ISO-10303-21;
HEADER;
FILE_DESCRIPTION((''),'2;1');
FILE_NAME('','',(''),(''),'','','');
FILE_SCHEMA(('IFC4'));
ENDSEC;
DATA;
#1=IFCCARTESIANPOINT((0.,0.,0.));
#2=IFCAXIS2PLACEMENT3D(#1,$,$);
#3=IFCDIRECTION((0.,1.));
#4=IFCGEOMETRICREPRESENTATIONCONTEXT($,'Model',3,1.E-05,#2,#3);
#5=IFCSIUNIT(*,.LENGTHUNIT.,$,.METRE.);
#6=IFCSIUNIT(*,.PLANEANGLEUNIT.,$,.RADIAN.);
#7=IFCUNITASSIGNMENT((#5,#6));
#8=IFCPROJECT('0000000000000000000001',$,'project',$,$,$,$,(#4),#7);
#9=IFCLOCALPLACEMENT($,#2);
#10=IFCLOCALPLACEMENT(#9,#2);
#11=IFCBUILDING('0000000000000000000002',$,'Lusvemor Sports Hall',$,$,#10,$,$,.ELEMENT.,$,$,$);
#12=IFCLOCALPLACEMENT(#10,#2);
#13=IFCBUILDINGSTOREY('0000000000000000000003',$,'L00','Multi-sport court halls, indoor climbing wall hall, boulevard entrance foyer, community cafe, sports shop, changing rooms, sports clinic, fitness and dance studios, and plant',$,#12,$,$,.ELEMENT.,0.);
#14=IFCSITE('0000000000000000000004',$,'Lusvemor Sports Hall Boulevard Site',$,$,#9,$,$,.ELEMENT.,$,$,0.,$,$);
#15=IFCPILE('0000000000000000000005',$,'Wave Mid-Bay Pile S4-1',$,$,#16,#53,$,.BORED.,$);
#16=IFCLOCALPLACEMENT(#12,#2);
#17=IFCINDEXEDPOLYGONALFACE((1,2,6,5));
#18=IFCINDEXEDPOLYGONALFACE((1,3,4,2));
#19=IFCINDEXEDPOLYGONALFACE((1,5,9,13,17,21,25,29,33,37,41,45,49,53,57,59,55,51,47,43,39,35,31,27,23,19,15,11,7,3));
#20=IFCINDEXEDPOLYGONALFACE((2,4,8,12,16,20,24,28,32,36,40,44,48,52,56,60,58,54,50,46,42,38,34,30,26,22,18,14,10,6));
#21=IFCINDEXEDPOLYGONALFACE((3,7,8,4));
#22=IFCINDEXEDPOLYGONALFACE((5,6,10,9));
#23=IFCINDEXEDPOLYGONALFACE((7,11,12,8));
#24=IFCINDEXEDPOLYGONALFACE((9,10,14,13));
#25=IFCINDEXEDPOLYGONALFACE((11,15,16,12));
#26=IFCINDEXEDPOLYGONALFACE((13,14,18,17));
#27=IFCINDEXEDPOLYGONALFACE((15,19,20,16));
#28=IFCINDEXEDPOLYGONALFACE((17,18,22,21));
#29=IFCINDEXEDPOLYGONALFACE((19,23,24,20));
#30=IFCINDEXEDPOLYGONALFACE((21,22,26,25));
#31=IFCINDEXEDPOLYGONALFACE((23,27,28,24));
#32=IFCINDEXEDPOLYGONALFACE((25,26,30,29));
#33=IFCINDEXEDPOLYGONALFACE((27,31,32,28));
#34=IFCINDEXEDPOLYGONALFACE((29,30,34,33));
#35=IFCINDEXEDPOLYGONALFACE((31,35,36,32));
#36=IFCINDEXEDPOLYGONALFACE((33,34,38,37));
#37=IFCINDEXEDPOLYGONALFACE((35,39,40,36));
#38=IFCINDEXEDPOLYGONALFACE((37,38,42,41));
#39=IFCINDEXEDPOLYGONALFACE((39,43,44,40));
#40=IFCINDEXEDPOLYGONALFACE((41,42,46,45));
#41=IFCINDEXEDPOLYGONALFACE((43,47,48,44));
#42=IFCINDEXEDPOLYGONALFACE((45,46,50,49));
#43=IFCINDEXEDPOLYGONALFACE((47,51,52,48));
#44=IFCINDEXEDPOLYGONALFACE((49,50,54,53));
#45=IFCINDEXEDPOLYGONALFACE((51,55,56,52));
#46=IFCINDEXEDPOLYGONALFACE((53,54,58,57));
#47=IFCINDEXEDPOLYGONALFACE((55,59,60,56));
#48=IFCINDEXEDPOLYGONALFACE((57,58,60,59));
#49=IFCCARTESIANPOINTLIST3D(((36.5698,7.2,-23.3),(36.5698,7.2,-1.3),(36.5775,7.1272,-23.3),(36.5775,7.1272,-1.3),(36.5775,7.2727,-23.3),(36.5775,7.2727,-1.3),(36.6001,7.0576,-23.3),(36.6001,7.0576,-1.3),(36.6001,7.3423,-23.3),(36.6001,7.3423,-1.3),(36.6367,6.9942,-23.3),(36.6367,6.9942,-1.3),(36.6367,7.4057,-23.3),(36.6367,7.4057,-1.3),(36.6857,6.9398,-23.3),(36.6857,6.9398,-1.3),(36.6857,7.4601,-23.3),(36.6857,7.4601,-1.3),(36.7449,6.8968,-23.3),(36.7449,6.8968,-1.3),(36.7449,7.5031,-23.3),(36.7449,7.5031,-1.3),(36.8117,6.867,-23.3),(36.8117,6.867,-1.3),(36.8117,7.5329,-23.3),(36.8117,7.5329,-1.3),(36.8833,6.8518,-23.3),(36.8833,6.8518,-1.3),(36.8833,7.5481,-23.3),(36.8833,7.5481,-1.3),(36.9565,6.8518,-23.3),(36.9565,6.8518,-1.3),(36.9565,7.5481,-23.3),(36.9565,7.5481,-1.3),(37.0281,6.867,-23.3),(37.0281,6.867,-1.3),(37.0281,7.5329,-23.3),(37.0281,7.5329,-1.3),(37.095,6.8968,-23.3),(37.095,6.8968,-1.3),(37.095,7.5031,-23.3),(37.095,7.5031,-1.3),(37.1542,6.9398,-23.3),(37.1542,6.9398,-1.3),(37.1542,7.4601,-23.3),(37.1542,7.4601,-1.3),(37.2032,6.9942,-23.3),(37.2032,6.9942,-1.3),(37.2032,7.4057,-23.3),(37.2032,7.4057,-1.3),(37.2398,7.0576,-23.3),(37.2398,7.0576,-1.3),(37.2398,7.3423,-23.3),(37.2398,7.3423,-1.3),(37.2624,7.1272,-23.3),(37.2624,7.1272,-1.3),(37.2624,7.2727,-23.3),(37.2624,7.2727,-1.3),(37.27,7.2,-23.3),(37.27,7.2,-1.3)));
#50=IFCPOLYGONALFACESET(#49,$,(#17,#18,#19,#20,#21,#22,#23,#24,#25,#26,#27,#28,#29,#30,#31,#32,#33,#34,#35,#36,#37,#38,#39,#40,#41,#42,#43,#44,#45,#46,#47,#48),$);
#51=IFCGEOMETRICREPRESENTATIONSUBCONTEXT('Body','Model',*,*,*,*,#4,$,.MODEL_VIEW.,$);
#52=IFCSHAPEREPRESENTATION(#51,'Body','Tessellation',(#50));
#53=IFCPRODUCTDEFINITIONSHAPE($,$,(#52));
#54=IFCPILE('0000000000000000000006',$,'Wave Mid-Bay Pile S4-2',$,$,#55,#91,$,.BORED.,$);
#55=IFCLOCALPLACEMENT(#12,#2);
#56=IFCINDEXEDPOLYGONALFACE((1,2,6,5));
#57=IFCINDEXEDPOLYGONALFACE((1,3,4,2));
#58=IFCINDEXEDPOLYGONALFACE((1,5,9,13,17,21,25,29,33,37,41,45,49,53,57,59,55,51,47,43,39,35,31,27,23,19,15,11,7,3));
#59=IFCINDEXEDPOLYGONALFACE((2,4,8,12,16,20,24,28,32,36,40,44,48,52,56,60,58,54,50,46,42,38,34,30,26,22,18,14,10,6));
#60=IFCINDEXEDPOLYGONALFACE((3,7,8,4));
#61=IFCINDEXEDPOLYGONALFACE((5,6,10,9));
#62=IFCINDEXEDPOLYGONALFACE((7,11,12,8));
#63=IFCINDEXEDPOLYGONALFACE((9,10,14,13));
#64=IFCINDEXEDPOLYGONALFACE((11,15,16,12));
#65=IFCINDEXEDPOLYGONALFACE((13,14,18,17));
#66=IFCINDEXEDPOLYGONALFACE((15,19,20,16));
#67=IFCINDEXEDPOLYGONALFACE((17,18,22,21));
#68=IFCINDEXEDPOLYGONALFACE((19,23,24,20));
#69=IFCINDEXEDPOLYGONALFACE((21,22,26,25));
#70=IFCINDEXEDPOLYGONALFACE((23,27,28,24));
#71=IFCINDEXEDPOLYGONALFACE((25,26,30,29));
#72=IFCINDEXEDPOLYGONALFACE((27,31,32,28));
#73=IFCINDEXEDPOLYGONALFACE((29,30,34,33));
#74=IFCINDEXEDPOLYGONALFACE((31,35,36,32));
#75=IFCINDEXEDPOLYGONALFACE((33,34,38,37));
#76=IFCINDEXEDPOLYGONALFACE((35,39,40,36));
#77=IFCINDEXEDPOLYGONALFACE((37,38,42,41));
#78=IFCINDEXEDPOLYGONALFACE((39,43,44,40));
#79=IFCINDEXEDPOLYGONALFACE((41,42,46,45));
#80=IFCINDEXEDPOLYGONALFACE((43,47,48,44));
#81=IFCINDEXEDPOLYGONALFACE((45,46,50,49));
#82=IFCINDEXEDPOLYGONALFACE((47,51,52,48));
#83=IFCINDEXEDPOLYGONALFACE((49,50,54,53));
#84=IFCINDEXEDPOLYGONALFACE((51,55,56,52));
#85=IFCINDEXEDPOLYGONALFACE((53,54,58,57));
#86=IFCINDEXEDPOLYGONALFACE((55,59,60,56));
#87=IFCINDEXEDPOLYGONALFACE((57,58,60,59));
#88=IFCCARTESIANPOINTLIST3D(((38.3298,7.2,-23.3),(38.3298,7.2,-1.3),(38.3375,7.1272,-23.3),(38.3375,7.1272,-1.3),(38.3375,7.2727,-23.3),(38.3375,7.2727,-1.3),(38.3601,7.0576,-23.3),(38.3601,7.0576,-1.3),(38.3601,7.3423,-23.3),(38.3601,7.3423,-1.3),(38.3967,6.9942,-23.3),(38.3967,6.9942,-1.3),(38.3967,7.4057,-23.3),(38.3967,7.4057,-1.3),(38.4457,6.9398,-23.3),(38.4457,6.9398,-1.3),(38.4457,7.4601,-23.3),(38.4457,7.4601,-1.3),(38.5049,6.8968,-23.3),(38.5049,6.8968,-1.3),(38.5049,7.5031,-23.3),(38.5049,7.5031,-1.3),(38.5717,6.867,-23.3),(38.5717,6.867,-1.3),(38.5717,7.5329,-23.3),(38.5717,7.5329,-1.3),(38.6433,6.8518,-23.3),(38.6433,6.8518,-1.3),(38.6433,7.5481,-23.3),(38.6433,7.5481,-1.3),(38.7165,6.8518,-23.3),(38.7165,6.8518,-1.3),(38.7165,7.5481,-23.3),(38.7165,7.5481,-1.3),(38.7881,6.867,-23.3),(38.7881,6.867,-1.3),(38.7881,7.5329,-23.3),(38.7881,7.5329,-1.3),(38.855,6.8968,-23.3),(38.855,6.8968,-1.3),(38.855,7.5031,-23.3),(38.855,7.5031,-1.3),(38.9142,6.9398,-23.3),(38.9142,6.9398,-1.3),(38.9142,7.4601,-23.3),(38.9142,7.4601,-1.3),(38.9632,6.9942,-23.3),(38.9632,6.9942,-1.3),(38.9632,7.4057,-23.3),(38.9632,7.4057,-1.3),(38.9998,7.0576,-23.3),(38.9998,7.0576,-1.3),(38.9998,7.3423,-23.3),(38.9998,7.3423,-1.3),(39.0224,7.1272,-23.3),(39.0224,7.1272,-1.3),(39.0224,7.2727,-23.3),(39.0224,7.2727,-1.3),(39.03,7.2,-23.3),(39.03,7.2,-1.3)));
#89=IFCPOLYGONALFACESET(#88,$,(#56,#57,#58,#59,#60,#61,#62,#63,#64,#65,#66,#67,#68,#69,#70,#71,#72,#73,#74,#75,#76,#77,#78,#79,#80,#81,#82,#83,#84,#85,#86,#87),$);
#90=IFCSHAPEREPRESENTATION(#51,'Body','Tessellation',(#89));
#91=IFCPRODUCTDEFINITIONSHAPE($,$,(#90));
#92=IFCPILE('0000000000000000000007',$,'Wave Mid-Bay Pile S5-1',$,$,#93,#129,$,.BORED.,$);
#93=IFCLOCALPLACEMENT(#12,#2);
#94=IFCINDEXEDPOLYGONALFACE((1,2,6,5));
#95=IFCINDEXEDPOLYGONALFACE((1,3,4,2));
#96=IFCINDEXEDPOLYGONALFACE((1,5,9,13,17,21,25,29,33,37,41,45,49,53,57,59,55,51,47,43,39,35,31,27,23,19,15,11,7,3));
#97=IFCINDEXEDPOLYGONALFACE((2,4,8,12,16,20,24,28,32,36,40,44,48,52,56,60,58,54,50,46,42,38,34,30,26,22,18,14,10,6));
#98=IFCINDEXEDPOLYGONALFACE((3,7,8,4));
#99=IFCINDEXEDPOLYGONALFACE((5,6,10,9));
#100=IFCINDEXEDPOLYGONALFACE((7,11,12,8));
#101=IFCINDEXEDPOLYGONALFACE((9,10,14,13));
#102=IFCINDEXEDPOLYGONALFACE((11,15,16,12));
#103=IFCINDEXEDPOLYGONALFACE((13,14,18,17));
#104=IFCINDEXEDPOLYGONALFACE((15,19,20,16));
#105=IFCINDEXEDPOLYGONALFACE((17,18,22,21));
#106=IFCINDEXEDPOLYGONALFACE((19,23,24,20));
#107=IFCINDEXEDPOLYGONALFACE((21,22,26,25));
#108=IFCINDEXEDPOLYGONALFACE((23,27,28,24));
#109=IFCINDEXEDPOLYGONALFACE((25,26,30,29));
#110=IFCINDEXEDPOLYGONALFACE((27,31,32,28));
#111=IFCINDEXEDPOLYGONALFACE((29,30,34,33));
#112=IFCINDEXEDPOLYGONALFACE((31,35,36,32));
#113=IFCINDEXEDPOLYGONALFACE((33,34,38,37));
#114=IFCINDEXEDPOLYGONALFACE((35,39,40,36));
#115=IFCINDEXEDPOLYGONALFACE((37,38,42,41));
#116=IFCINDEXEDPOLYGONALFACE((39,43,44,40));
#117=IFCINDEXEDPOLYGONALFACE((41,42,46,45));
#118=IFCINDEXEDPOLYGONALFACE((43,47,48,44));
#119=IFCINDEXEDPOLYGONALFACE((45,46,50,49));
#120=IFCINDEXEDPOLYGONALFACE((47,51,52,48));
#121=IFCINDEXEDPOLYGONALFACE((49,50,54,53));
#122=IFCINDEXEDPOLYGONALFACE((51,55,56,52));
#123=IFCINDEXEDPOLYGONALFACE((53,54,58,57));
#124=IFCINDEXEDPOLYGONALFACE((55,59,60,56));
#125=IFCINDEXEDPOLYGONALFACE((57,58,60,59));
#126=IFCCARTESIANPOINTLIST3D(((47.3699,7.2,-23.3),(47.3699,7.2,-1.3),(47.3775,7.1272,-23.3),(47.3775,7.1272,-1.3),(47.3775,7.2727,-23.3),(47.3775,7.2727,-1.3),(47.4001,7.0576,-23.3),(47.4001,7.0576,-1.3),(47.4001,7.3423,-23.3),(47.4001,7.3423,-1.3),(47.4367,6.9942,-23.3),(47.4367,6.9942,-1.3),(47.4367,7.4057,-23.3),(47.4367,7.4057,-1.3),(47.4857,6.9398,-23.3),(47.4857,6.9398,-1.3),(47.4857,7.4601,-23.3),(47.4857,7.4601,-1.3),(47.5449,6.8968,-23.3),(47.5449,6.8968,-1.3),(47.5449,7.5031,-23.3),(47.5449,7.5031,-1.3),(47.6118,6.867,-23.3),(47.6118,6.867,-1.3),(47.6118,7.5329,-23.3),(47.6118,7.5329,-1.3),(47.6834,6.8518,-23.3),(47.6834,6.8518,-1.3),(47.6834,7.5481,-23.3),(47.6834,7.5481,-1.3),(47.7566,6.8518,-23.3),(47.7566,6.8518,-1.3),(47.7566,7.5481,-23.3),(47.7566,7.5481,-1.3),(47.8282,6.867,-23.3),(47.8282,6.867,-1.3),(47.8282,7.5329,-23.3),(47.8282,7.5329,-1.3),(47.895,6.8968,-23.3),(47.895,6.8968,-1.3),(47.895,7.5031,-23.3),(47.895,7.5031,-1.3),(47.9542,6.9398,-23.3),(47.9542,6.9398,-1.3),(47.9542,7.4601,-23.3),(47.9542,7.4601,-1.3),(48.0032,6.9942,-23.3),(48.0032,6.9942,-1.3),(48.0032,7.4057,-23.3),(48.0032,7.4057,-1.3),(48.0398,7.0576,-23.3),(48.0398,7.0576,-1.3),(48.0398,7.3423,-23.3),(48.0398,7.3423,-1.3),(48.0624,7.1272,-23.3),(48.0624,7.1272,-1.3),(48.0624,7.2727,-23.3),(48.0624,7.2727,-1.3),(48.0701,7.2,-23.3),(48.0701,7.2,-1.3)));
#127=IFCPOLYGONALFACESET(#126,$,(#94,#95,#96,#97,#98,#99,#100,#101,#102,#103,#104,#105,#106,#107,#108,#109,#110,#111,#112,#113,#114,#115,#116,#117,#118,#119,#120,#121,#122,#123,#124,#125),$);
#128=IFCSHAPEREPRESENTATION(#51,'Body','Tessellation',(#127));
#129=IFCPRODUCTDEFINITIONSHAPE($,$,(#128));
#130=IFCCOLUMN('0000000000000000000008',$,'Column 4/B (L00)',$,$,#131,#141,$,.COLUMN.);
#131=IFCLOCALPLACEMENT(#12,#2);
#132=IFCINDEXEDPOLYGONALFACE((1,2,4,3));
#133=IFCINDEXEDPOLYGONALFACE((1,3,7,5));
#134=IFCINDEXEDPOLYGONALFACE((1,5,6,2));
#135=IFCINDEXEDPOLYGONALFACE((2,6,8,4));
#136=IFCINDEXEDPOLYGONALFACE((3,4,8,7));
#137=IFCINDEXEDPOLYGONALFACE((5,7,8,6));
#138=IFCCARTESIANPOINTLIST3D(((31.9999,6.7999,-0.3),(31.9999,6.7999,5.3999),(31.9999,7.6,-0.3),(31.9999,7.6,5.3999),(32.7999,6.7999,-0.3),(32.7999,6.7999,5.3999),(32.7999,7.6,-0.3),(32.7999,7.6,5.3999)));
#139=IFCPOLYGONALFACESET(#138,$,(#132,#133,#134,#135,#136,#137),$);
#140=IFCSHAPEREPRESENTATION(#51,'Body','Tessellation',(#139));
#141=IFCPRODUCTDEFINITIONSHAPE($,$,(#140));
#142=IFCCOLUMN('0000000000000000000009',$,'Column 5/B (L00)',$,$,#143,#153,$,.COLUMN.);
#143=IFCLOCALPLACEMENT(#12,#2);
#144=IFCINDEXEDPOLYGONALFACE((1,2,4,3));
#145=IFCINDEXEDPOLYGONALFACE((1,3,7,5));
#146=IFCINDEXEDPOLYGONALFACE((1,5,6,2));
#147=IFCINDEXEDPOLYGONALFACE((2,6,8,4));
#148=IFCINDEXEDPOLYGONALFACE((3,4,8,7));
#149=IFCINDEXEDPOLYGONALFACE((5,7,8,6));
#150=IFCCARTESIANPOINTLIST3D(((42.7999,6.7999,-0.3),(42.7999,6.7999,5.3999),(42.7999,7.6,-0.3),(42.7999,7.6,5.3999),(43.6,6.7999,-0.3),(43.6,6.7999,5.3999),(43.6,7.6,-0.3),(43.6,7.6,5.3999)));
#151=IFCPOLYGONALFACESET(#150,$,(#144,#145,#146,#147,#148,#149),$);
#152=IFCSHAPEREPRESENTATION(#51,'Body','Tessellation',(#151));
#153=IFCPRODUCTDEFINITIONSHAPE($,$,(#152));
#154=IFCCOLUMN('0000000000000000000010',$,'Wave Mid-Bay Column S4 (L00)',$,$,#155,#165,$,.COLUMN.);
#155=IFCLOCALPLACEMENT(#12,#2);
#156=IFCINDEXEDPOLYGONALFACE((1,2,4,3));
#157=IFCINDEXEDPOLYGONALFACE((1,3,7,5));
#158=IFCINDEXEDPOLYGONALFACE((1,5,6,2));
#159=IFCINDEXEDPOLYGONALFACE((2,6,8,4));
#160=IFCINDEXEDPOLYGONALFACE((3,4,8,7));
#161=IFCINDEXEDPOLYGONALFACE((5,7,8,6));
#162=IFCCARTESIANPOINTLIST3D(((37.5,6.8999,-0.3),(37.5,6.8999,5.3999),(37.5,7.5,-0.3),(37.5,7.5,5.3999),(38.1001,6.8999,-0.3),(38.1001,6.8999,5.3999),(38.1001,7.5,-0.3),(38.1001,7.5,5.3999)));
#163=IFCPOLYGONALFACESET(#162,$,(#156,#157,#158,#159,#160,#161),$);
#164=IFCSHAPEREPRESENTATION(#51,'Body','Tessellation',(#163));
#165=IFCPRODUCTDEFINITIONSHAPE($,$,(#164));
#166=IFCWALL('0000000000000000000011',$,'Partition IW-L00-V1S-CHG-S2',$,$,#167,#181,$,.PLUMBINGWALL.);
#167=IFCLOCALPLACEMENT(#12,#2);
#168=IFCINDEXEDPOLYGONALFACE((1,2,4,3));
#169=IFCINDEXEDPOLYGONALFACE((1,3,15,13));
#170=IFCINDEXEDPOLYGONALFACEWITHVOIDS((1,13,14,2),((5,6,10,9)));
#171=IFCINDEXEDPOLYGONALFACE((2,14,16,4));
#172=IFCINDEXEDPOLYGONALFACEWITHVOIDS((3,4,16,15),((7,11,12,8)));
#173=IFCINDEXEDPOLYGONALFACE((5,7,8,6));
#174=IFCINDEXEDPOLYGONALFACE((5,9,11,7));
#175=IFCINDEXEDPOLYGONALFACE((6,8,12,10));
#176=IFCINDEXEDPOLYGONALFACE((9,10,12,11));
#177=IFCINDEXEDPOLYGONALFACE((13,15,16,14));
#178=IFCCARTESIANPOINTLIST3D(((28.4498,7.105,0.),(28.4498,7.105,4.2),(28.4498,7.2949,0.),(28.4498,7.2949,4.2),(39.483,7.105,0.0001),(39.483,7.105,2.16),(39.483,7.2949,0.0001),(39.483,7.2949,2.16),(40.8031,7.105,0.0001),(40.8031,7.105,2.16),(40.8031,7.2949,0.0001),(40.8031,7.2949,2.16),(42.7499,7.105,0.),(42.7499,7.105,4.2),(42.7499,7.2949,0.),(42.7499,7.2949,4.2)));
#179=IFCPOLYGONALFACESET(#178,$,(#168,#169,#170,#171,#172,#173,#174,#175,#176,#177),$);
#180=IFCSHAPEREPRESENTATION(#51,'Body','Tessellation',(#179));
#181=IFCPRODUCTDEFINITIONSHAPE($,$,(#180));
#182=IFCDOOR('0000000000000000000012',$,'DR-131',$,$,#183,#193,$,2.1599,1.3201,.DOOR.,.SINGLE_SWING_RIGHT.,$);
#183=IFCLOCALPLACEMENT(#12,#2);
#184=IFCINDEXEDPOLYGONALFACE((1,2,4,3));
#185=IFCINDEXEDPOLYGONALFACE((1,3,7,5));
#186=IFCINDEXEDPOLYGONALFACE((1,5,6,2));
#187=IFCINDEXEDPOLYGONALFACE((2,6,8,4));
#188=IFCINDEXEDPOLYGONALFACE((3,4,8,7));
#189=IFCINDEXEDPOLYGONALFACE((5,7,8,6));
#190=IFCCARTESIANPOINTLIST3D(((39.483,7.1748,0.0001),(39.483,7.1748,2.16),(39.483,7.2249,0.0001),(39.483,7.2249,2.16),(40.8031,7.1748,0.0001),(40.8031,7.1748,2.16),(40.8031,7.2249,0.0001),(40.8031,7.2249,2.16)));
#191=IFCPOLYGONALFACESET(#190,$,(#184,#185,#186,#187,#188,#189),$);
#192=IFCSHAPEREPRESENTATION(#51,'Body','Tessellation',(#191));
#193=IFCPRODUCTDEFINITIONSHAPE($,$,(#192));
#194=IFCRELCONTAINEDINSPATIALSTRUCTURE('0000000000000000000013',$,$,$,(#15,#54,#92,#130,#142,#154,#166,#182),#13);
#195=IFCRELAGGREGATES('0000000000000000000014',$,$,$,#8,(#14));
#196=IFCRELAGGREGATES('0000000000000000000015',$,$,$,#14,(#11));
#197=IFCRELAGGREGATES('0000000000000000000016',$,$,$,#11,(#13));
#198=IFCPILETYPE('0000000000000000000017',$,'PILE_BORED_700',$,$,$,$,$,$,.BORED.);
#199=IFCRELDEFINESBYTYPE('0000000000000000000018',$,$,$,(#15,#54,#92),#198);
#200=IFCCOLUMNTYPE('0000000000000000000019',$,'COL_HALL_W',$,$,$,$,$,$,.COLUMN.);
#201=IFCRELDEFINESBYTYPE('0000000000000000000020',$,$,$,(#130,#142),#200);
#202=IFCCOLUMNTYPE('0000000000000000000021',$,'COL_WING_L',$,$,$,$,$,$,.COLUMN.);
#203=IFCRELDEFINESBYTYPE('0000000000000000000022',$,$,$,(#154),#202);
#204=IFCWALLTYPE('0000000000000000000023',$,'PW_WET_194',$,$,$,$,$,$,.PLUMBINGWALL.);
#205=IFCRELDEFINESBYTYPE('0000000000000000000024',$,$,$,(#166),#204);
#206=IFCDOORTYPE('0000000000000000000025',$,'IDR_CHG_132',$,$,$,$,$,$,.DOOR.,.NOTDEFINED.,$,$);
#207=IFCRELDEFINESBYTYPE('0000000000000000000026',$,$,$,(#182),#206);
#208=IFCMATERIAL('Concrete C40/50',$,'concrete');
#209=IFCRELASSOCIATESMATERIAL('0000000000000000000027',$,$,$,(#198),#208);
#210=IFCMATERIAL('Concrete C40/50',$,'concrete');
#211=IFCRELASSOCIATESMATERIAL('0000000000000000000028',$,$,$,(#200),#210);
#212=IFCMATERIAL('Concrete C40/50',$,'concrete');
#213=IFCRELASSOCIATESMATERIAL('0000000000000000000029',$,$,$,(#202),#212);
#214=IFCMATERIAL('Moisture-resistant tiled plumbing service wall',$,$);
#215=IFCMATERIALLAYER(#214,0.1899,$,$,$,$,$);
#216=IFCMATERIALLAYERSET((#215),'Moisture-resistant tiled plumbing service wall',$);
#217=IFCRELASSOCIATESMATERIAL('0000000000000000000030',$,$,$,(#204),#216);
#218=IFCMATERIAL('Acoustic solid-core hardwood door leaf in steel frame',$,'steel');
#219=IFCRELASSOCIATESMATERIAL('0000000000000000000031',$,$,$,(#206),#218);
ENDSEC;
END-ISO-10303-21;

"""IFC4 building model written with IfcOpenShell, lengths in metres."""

from ifc_helpers import new_model, si_unit, direction, frame, frame_2d, origin, origin_2d, place, context, subcontext, project, spatial, rectangle, circle, extrude, material, layer, layer_set, material_profile, profile_set, type_object, element, fill, save


model = new_model("IFC4")

# Units and contexts
model_context = context("Model", 3, precision=1e-05, world=origin(), true_north=direction((0.0, 1.0)))
body_context = subcontext(model_context, "Body", "Model", "MODEL_VIEW")
ifc_project = project(units=[si_unit("LENGTHUNIT", "METRE"), si_unit("PLANEANGLEUNIT", "RADIAN")], contexts=[model_context])

# Site, building, storey
site_placement = place(None, origin())
site = spatial("IfcSite", under=ifc_project, at=site_placement, Name="Lusvemor Sports Hall Boulevard Site", CompositionType="ELEMENT", RefElevation=0.0)
building_placement = place(site_placement, origin())
building = spatial("IfcBuilding", under=site, at=building_placement, Name="Lusvemor Sports Hall", CompositionType="ELEMENT")
storey_placement = place(building_placement, origin())
storey = spatial("IfcBuildingStorey", under=building, at=storey_placement, Name="L00", Description="Multi-sport court halls, indoor climbing wall hall, boulevard entrance foyer, community cafe, sports shop, changing rooms, sports clinic, fitness and dance studios, and plant", CompositionType="ELEMENT", Elevation=0.0)

# Piles
ifc_material_1 = material(Name="Concrete C40/50", Category="concrete")
ifc_material_profile_1 = material_profile(ifc_material_1, circle(Radius=0.3501, at=origin_2d()), Name="PILE700")
ifc_profile_set_1 = profile_set([ifc_material_profile_1], Name="Concrete C40/50")
pile_type = type_object("IfcPileType", Name="PILE_BORED_700", PredefinedType="BORED", material=ifc_profile_set_1)
for number, where, z_axis, x_axis, name in (
    (1, (36.9199, 7.2, -1.3), (0.0, 0.0, -1.0), (1.0, 0.0, 0.0), "Wave Mid-Bay Pile S4-1"),
    (2, (38.6799, 7.2, -1.3), (0.0, 0.0, -1.0), (1.0, 0.0, 0.0), "Wave Mid-Bay Pile S4-2"),
    (3, (47.72, 7.2, -1.3), (0.0, 0.0, -1.0), (1.0, 0.0, 0.0), "Wave Mid-Bay Pile S5-1"),
):
    element("IfcPile", number, at=place(storey_placement, frame(where, z_axis=z_axis, x_axis=x_axis)), inside=storey, type_object=pile_type, Name=name, PredefinedType="BORED", context=body_context, shape_type="SweptSolid", body=[
        extrude(circle(Radius=0.3501, at=origin_2d()), origin(), (0.0, 0.0, 1.0), 22.0),
    ])

# Columns
ifc_material_2 = material(Name="Concrete C40/50", Category="concrete")
ifc_material_profile_2 = material_profile(ifc_material_2, rectangle(XDim=0.8, YDim=0.8, at=origin_2d()), Name="RC800x800")
ifc_profile_set_2 = profile_set([ifc_material_profile_2], Name="Concrete C40/50")
column_type_1 = type_object("IfcColumnType", Name="COL_HALL_W", PredefinedType="COLUMN", material=ifc_profile_set_2)
for number, where, z_axis, x_axis, name in (
    (4, (32.3999, 7.2, -0.3), (0.0, 0.0, 1.0), (1.0, 0.0, 0.0), "Column 4/B (L00)"),
    (5, (43.2, 7.2, -0.3), (0.0, 0.0, 1.0), (1.0, 0.0, 0.0), "Column 5/B (L00)"),
):
    element("IfcColumn", number, at=place(storey_placement, frame(where, z_axis=z_axis, x_axis=x_axis)), inside=storey, type_object=column_type_1, Name=name, PredefinedType="COLUMN", context=body_context, shape_type="SweptSolid", body=[
        extrude(rectangle(XDim=0.8, YDim=0.8, at=origin_2d()), origin(), (0.0, 0.0, 1.0), 5.7),
    ])
ifc_material_3 = material(Name="Concrete C40/50", Category="concrete")
ifc_material_profile_3 = material_profile(ifc_material_3, rectangle(XDim=0.6001, YDim=0.6001, at=origin_2d()), Name="RC600x600")
ifc_profile_set_3 = profile_set([ifc_material_profile_3], Name="Concrete C40/50")
column_type_2 = type_object("IfcColumnType", Name="COL_WING_L", PredefinedType="COLUMN", material=ifc_profile_set_3)
column_placement = place(storey_placement, frame((37.8, 7.2, -0.3), z_axis=(0.0, 0.0, 1.0), x_axis=(1.0, 0.0, 0.0)))
element("IfcColumn", 6, at=column_placement, inside=storey, type_object=column_type_2, Name="Wave Mid-Bay Column S4 (L00)", PredefinedType="COLUMN", context=body_context, shape_type="SweptSolid", body=[
    extrude(rectangle(XDim=0.6001, YDim=0.6001, at=origin_2d()), origin(), (0.0, 0.0, 1.0), 5.7),
])

# Wall, opening, door
ifc_material_4 = material(Name="Moisture-resistant tiled plumbing service wall")
ifc_layer = layer(ifc_material_4, 0.1899)
ifc_layer_set = layer_set([ifc_layer], Name="Moisture-resistant tiled plumbing service wall")
wall_type = type_object("IfcWallType", Name="PW_WET_194", PredefinedType="PLUMBINGWALL", material=ifc_layer_set)
wall_1_placement = place(storey_placement, frame((28.45, 7.2, 0.0), z_axis=(0.0, 0.0, 1.0), x_axis=(1.0, 0.0, 0.0)))
wall_1 = element("IfcWall", 7, at=wall_1_placement, inside=storey, type_object=wall_type, Name="Partition IW-L00-V1S-CHG-S2", PredefinedType="PLUMBINGWALL", context=body_context, shape_type="SweptSolid", body=[
    extrude(rectangle(XDim=14.3, YDim=0.1899, at=frame_2d((7.1499, 0.0))), origin(), (0.0, 0.0, 1.0), 4.2),
])
opening_1_placement = place(wall_1_placement, frame((11.033, 0.0, 0.0)))
opening_1 = element("IfcOpeningElement", 8, at=opening_1_placement, cuts=wall_1, PredefinedType="OPENING", context=body_context, shape_type="SweptSolid", body=[
    extrude(rectangle(XDim=1.3201, YDim=2.1599, at=frame_2d((0.6602, 1.0801))), frame((0.0, 0.095, 0.0), z_axis=(0.0, -1.0, 0.0), x_axis=(1.0, 0.0, 0.0)), (0.0, 0.0, 1.0), 0.1899),
])
ifc_material_5 = material(Name="Acoustic solid-core hardwood door leaf in steel frame", Category="steel")
door_type_1 = type_object("IfcDoorType", Name="IDR_CHG_132", OperationType="NOTDEFINED", PredefinedType="DOOR", material=ifc_material_5)
door_1_placement = place(opening_1_placement, origin())
door_1 = element("IfcDoor", 9, at=door_1_placement, inside=storey, type_object=door_type_1, Name="DR-131", OperationType="SINGLE_SWING_RIGHT", OverallHeight=2.1599, OverallWidth=1.3201, PredefinedType="DOOR", context=body_context, shape_type="SweptSolid", body=[
    extrude(rectangle(XDim=1.3201, YDim=2.1599, at=frame_2d((0.6602, 1.0801))), frame((0.0, 0.0249, 0.0), z_axis=(0.0, -1.0, 0.0), x_axis=(1.0, 0.0, 0.0)), (0.0, 0.0, 1.0), 0.05),
])
fill(opening_1, door_1)

save(model, "model.ifc")
